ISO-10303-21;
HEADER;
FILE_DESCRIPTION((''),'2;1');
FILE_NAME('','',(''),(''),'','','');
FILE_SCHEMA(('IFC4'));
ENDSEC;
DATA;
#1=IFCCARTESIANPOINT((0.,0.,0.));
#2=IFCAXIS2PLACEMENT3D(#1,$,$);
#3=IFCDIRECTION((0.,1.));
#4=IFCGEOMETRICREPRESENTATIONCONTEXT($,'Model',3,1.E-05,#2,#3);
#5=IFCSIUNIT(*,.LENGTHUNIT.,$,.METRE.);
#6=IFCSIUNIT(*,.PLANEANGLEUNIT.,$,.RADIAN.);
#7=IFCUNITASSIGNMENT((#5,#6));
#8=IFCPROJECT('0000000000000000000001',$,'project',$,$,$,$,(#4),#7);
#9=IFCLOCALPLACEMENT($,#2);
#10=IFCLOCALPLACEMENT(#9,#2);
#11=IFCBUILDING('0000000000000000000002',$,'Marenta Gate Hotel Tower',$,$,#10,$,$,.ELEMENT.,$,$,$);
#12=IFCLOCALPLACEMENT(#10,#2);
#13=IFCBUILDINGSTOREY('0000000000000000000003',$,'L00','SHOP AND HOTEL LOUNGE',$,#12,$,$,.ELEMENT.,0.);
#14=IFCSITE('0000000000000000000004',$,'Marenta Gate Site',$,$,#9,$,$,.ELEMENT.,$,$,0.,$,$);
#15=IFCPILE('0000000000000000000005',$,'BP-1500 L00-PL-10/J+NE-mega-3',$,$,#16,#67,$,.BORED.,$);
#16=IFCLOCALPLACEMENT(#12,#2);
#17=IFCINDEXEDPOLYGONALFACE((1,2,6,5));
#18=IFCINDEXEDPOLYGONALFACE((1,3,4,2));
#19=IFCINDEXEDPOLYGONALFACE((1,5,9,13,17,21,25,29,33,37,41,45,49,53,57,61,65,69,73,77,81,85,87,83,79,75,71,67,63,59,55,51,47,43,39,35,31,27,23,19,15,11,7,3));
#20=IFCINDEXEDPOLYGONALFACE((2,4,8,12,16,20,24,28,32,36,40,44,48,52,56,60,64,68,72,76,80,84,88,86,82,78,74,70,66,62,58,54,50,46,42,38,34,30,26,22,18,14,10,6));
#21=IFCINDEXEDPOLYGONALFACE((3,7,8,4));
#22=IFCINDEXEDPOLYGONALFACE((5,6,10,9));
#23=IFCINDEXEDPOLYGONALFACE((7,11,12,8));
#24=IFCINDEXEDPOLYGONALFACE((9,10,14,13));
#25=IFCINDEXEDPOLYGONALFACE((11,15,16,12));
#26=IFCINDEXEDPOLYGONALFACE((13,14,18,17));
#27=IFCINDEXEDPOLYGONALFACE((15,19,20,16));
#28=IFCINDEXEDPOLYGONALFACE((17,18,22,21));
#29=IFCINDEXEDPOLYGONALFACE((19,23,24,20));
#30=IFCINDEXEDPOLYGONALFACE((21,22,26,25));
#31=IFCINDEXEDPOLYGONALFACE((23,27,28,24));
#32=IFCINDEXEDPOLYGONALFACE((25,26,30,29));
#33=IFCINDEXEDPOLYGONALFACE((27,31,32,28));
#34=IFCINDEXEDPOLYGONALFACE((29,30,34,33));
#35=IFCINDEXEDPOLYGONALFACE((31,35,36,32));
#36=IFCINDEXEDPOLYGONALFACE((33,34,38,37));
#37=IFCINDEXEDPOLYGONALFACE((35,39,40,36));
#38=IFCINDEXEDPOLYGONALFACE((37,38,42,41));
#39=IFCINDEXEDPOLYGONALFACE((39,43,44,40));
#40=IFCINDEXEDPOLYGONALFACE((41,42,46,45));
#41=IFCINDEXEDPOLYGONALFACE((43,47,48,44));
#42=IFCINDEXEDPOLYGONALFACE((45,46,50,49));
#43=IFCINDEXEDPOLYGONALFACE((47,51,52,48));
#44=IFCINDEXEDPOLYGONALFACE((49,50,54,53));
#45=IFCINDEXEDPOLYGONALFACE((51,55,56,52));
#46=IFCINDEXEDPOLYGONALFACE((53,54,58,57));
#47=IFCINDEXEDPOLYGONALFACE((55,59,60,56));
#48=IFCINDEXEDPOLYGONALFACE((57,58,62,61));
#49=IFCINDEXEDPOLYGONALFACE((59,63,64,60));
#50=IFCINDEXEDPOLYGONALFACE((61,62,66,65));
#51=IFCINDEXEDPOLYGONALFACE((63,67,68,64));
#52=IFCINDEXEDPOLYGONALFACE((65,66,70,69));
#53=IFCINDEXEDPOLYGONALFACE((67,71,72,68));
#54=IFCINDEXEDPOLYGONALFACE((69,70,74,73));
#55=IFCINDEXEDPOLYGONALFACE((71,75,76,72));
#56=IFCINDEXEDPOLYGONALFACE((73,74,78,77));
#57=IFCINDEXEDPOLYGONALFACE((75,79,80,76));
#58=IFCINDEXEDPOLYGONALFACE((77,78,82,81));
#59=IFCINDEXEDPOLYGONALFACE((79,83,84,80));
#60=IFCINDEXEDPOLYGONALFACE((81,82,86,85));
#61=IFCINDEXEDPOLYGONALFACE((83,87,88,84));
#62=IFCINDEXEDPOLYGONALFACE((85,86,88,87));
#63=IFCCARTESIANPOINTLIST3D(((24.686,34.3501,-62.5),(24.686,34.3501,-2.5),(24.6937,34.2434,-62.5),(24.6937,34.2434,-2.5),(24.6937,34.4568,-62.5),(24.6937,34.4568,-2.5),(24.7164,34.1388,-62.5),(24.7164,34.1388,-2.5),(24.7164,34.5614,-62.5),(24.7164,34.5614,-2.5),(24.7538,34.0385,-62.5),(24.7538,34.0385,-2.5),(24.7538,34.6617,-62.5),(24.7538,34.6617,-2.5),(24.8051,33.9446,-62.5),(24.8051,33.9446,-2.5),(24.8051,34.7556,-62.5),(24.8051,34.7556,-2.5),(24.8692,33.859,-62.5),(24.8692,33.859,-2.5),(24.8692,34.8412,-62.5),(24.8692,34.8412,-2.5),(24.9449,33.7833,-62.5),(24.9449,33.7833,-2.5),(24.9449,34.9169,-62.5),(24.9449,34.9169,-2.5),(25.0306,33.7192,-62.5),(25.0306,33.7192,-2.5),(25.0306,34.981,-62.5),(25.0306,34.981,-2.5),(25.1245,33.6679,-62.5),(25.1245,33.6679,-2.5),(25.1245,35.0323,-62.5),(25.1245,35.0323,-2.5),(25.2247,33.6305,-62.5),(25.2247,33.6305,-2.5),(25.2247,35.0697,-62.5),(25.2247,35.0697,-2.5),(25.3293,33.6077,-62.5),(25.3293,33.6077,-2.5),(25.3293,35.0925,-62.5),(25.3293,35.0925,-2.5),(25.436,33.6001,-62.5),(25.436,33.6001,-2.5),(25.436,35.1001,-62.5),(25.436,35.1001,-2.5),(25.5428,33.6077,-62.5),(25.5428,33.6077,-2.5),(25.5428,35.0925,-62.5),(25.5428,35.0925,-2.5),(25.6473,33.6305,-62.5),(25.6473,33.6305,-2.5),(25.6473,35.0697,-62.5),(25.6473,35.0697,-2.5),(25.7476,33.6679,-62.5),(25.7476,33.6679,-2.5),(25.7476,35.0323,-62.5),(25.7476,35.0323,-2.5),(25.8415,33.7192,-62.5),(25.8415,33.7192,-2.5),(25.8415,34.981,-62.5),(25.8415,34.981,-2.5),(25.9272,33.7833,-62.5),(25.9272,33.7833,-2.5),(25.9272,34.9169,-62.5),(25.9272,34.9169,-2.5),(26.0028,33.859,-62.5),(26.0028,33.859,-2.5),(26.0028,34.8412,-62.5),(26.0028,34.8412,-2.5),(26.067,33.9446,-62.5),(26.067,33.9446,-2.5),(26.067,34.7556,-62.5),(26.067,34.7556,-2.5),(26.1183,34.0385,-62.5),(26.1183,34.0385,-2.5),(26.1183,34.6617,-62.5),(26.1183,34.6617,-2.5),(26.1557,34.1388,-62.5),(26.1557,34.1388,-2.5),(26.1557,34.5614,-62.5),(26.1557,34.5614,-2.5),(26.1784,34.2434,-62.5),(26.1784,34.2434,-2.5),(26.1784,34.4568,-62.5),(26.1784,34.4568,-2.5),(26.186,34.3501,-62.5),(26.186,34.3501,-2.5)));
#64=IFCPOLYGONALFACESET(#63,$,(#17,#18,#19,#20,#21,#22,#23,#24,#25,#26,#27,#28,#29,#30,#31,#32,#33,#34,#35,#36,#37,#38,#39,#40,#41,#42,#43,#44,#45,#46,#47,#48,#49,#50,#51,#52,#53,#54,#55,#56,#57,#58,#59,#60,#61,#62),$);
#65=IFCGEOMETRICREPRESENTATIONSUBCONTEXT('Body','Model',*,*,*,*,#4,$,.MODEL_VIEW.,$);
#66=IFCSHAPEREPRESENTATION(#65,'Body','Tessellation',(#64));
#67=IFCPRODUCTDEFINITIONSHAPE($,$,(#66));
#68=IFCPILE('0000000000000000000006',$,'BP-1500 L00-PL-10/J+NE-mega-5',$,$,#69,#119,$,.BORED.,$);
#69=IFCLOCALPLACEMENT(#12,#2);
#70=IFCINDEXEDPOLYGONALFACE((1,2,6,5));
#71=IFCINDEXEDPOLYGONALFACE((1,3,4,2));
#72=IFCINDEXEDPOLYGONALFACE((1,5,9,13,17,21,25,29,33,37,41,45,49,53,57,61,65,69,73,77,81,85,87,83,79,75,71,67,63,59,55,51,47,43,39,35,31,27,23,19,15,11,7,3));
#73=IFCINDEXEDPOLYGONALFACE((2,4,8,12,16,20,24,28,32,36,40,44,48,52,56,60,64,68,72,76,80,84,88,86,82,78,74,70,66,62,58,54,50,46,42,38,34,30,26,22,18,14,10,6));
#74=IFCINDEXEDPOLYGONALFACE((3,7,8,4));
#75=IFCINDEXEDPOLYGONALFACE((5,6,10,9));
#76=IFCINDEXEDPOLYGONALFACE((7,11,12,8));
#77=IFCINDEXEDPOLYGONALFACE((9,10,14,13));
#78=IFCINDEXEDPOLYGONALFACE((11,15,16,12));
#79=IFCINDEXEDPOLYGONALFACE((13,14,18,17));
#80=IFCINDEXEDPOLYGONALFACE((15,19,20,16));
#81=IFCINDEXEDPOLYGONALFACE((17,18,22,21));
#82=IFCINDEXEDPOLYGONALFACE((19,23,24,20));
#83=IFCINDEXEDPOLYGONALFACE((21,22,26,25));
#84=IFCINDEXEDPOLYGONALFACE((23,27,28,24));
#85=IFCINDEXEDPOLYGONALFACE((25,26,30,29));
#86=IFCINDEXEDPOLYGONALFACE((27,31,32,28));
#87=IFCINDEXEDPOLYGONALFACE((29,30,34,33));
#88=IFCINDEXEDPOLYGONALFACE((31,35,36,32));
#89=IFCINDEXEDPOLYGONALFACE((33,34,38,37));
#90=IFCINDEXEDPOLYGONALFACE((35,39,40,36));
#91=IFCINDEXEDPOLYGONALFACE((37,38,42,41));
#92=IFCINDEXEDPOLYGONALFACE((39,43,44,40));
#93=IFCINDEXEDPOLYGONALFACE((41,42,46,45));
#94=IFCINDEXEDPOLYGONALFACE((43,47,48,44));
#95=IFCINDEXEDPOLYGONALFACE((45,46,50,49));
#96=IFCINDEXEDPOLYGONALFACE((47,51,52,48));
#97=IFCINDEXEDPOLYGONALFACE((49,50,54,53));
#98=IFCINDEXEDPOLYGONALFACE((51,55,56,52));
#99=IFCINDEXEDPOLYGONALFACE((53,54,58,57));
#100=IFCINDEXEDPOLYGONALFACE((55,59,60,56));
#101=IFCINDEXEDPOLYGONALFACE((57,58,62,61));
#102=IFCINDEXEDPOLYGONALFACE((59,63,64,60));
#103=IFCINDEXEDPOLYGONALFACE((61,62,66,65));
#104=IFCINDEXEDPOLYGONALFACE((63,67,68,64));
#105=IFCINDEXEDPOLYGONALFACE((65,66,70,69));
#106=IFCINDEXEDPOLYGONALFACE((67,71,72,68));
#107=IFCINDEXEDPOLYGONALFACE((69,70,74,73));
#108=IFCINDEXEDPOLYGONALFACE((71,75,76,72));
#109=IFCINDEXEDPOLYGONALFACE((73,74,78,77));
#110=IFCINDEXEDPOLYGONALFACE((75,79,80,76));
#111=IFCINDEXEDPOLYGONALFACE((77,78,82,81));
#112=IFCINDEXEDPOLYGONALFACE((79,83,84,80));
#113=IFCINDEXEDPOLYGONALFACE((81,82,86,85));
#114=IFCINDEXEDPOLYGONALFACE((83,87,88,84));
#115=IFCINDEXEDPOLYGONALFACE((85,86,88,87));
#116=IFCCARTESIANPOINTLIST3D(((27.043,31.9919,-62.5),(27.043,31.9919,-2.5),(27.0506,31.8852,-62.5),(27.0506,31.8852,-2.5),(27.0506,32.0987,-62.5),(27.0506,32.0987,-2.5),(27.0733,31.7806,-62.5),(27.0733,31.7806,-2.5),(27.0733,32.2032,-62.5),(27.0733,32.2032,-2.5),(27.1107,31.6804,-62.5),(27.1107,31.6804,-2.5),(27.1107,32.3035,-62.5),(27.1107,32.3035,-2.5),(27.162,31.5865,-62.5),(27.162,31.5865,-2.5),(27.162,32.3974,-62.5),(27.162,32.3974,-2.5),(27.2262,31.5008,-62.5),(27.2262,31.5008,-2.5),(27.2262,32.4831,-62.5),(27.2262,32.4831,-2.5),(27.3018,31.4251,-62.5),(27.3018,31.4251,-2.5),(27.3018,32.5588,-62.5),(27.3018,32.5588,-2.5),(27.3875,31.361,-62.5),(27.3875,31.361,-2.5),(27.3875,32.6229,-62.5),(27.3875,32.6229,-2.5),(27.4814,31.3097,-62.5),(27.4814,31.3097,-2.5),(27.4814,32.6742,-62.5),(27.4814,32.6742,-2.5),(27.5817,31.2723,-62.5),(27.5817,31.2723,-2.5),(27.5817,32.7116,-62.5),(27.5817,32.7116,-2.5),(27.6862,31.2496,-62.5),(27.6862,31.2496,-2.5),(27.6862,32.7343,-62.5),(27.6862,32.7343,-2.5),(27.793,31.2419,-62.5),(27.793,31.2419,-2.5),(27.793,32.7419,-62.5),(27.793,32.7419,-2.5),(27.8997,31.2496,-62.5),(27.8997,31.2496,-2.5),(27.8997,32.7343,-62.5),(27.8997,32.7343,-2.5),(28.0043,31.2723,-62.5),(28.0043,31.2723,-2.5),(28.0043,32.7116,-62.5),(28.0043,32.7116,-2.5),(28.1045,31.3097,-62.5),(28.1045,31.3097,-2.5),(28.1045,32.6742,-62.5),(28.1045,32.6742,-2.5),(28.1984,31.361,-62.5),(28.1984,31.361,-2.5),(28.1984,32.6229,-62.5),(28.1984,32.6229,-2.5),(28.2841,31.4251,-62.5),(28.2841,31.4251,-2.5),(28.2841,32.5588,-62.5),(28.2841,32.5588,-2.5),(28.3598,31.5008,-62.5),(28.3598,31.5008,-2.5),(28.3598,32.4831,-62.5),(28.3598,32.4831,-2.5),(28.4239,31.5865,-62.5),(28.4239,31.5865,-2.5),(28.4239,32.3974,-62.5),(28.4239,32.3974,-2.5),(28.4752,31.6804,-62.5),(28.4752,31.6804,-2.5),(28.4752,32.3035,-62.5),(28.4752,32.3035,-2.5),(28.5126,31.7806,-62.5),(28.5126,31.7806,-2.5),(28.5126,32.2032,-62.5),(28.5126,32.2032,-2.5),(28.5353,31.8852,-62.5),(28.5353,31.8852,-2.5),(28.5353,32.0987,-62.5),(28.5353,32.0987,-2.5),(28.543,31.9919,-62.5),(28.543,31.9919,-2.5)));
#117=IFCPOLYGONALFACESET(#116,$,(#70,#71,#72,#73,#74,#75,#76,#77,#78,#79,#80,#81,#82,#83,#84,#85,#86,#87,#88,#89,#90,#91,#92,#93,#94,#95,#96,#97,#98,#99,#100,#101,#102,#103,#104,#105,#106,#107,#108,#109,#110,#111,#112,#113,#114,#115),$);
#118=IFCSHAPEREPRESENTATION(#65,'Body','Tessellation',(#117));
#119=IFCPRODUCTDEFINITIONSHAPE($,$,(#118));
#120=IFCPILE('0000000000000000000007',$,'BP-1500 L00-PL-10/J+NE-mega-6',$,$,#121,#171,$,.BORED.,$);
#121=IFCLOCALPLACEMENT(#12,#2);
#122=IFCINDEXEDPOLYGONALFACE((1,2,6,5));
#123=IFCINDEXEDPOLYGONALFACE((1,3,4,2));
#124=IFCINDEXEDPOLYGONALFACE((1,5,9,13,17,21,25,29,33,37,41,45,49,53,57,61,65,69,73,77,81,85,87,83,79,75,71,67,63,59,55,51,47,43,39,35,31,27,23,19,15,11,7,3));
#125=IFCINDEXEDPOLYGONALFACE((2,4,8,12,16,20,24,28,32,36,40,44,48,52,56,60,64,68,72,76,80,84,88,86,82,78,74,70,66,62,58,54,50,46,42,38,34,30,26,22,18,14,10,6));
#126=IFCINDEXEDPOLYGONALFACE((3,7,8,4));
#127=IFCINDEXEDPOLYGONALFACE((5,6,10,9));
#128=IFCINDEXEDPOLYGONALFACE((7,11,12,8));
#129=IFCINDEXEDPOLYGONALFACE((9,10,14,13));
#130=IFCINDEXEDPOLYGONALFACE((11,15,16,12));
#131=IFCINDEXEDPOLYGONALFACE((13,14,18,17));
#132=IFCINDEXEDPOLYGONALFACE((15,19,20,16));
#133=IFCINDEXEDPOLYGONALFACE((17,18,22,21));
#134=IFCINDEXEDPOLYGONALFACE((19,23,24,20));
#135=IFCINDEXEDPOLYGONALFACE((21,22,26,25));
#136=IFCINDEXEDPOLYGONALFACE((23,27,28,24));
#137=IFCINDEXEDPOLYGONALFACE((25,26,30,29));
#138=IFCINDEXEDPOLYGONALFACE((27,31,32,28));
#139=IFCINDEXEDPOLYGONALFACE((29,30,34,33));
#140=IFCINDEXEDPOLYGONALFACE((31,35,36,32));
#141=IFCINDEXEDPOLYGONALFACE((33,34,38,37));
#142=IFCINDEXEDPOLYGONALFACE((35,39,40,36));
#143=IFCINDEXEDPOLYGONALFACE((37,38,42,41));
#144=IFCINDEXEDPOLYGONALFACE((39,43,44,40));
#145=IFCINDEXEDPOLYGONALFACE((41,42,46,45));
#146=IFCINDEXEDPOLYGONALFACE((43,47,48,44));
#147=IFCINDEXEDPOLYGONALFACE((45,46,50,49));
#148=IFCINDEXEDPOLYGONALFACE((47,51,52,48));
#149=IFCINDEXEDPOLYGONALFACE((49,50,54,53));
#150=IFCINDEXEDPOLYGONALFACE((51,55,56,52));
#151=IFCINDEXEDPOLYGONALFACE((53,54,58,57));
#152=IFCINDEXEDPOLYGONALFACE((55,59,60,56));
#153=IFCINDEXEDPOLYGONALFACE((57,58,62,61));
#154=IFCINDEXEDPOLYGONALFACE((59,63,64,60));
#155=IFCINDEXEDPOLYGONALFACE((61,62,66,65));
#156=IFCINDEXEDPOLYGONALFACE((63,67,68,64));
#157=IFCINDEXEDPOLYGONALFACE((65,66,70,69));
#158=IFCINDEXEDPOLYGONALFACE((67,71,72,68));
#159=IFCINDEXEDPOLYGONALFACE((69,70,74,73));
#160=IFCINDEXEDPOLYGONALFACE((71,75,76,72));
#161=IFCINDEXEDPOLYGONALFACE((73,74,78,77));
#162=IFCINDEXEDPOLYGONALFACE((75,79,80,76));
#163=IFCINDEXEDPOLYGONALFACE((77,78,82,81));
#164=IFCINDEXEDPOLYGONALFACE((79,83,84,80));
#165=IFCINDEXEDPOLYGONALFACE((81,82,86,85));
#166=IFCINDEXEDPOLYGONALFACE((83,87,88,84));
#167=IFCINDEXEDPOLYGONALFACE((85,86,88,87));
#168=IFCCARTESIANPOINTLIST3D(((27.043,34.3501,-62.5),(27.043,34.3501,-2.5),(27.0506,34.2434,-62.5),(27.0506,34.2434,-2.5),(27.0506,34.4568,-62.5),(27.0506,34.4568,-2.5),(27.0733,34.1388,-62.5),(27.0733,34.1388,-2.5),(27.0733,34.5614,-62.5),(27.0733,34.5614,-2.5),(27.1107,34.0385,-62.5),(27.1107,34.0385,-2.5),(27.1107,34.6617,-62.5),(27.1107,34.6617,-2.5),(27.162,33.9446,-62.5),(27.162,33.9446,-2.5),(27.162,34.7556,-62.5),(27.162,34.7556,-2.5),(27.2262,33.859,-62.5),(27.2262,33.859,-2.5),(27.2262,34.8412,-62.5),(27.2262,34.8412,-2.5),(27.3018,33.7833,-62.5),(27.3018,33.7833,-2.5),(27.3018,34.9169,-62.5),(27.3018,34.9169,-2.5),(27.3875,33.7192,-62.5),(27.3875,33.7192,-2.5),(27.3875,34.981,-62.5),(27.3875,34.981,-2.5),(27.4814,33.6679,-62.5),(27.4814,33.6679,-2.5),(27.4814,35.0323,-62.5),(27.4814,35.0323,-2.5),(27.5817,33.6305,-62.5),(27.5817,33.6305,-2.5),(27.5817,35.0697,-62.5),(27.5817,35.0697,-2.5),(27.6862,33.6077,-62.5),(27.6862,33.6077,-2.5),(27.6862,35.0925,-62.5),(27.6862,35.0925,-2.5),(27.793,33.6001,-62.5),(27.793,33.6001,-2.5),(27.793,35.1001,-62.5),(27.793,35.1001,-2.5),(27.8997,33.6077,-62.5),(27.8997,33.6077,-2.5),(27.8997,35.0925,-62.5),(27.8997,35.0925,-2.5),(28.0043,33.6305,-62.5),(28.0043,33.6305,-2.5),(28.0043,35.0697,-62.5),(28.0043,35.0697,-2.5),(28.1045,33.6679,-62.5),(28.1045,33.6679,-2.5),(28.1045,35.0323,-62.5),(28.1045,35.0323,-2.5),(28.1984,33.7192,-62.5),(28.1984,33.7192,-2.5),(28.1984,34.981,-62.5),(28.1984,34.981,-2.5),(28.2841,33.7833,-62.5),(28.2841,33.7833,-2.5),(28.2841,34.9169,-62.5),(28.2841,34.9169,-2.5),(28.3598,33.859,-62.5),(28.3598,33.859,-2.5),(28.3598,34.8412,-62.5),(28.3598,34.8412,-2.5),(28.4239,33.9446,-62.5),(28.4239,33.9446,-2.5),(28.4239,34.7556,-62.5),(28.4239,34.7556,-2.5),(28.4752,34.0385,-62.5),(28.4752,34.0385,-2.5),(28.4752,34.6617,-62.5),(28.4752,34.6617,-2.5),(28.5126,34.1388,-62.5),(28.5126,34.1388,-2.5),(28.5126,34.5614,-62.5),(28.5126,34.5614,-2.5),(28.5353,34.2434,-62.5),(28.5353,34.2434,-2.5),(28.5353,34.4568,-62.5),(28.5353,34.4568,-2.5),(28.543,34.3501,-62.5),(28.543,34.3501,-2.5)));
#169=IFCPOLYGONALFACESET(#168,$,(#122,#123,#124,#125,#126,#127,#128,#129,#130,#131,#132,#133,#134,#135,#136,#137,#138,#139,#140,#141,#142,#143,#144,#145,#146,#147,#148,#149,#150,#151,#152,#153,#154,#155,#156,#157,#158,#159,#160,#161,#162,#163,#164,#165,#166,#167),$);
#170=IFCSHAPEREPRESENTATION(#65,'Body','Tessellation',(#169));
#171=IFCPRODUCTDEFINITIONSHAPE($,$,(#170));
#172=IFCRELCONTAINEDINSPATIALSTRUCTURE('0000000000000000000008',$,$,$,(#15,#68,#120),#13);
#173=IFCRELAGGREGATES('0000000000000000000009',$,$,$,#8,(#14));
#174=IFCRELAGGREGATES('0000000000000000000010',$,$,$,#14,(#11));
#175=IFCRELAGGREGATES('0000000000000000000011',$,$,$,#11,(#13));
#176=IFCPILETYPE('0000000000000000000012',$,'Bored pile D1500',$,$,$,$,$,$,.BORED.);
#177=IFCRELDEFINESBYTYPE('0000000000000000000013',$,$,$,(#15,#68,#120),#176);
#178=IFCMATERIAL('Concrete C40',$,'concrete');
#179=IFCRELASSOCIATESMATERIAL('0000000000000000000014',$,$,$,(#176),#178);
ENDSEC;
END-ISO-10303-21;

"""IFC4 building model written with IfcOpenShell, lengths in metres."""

from ifc_helpers import new_model, si_unit, direction, frame, origin, origin_2d, place, context, subcontext, project, spatial, circle, extrude, material, type_object, element, save


model = new_model("IFC4")

# Units and contexts
model_context = context("Model", 3, precision=1e-05, world=origin(), true_north=direction((0.0, 1.0)))
body_context = subcontext(model_context, "Body", "Model", "MODEL_VIEW")
ifc_project = project(units=[si_unit("LENGTHUNIT", "METRE"), si_unit("PLANEANGLEUNIT", "RADIAN")], contexts=[model_context])

# Site, building, storey
site_placement = place(None, origin())
site = spatial("IfcSite", under=ifc_project, at=site_placement, Name="Marenta Gate Site", CompositionType="ELEMENT", RefElevation=0.0)
building_placement = place(site_placement, origin())
building = spatial("IfcBuilding", under=site, at=building_placement, Name="Marenta Gate Hotel Tower", CompositionType="ELEMENT")
storey_placement = place(building_placement, origin())
storey = spatial("IfcBuildingStorey", under=building, at=storey_placement, Name="L00", Description="SHOP AND HOTEL LOUNGE", CompositionType="ELEMENT", Elevation=0.0)

# Piles
ifc_material_1 = material(Name="Concrete C40", Category="concrete")
pile_type = type_object("IfcPileType", Name="Bored pile D1500", PredefinedType="BORED", material=ifc_material_1)
for number, where, z_axis, x_axis, name in (
    (1, (25.436, 34.3501, -2.5), (0.0, 0.0, -1.0), (1.0, 0.0, 0.0), "BP-1500 L00-PL-10/J+NE-mega-3"),
    (2, (27.793, 31.9919, -2.5), (0.0, 0.0, -1.0), (1.0, 0.0, 0.0), "BP-1500 L00-PL-10/J+NE-mega-5"),
    (3, (27.793, 34.3501, -2.5), (0.0, 0.0, -1.0), (1.0, 0.0, 0.0), "BP-1500 L00-PL-10/J+NE-mega-6"),
):
    element("IfcPile", number, at=place(storey_placement, frame(where, z_axis=z_axis, x_axis=x_axis)), inside=storey, type_object=pile_type, Name=name, PredefinedType="BORED", context=body_context, shape_type="SweptSolid", body=[
        extrude(circle(Radius=0.75, at=origin_2d()), origin(), (0.0, 0.0, 1.0), 60.0),
    ])

save(model, "model.ifc")
